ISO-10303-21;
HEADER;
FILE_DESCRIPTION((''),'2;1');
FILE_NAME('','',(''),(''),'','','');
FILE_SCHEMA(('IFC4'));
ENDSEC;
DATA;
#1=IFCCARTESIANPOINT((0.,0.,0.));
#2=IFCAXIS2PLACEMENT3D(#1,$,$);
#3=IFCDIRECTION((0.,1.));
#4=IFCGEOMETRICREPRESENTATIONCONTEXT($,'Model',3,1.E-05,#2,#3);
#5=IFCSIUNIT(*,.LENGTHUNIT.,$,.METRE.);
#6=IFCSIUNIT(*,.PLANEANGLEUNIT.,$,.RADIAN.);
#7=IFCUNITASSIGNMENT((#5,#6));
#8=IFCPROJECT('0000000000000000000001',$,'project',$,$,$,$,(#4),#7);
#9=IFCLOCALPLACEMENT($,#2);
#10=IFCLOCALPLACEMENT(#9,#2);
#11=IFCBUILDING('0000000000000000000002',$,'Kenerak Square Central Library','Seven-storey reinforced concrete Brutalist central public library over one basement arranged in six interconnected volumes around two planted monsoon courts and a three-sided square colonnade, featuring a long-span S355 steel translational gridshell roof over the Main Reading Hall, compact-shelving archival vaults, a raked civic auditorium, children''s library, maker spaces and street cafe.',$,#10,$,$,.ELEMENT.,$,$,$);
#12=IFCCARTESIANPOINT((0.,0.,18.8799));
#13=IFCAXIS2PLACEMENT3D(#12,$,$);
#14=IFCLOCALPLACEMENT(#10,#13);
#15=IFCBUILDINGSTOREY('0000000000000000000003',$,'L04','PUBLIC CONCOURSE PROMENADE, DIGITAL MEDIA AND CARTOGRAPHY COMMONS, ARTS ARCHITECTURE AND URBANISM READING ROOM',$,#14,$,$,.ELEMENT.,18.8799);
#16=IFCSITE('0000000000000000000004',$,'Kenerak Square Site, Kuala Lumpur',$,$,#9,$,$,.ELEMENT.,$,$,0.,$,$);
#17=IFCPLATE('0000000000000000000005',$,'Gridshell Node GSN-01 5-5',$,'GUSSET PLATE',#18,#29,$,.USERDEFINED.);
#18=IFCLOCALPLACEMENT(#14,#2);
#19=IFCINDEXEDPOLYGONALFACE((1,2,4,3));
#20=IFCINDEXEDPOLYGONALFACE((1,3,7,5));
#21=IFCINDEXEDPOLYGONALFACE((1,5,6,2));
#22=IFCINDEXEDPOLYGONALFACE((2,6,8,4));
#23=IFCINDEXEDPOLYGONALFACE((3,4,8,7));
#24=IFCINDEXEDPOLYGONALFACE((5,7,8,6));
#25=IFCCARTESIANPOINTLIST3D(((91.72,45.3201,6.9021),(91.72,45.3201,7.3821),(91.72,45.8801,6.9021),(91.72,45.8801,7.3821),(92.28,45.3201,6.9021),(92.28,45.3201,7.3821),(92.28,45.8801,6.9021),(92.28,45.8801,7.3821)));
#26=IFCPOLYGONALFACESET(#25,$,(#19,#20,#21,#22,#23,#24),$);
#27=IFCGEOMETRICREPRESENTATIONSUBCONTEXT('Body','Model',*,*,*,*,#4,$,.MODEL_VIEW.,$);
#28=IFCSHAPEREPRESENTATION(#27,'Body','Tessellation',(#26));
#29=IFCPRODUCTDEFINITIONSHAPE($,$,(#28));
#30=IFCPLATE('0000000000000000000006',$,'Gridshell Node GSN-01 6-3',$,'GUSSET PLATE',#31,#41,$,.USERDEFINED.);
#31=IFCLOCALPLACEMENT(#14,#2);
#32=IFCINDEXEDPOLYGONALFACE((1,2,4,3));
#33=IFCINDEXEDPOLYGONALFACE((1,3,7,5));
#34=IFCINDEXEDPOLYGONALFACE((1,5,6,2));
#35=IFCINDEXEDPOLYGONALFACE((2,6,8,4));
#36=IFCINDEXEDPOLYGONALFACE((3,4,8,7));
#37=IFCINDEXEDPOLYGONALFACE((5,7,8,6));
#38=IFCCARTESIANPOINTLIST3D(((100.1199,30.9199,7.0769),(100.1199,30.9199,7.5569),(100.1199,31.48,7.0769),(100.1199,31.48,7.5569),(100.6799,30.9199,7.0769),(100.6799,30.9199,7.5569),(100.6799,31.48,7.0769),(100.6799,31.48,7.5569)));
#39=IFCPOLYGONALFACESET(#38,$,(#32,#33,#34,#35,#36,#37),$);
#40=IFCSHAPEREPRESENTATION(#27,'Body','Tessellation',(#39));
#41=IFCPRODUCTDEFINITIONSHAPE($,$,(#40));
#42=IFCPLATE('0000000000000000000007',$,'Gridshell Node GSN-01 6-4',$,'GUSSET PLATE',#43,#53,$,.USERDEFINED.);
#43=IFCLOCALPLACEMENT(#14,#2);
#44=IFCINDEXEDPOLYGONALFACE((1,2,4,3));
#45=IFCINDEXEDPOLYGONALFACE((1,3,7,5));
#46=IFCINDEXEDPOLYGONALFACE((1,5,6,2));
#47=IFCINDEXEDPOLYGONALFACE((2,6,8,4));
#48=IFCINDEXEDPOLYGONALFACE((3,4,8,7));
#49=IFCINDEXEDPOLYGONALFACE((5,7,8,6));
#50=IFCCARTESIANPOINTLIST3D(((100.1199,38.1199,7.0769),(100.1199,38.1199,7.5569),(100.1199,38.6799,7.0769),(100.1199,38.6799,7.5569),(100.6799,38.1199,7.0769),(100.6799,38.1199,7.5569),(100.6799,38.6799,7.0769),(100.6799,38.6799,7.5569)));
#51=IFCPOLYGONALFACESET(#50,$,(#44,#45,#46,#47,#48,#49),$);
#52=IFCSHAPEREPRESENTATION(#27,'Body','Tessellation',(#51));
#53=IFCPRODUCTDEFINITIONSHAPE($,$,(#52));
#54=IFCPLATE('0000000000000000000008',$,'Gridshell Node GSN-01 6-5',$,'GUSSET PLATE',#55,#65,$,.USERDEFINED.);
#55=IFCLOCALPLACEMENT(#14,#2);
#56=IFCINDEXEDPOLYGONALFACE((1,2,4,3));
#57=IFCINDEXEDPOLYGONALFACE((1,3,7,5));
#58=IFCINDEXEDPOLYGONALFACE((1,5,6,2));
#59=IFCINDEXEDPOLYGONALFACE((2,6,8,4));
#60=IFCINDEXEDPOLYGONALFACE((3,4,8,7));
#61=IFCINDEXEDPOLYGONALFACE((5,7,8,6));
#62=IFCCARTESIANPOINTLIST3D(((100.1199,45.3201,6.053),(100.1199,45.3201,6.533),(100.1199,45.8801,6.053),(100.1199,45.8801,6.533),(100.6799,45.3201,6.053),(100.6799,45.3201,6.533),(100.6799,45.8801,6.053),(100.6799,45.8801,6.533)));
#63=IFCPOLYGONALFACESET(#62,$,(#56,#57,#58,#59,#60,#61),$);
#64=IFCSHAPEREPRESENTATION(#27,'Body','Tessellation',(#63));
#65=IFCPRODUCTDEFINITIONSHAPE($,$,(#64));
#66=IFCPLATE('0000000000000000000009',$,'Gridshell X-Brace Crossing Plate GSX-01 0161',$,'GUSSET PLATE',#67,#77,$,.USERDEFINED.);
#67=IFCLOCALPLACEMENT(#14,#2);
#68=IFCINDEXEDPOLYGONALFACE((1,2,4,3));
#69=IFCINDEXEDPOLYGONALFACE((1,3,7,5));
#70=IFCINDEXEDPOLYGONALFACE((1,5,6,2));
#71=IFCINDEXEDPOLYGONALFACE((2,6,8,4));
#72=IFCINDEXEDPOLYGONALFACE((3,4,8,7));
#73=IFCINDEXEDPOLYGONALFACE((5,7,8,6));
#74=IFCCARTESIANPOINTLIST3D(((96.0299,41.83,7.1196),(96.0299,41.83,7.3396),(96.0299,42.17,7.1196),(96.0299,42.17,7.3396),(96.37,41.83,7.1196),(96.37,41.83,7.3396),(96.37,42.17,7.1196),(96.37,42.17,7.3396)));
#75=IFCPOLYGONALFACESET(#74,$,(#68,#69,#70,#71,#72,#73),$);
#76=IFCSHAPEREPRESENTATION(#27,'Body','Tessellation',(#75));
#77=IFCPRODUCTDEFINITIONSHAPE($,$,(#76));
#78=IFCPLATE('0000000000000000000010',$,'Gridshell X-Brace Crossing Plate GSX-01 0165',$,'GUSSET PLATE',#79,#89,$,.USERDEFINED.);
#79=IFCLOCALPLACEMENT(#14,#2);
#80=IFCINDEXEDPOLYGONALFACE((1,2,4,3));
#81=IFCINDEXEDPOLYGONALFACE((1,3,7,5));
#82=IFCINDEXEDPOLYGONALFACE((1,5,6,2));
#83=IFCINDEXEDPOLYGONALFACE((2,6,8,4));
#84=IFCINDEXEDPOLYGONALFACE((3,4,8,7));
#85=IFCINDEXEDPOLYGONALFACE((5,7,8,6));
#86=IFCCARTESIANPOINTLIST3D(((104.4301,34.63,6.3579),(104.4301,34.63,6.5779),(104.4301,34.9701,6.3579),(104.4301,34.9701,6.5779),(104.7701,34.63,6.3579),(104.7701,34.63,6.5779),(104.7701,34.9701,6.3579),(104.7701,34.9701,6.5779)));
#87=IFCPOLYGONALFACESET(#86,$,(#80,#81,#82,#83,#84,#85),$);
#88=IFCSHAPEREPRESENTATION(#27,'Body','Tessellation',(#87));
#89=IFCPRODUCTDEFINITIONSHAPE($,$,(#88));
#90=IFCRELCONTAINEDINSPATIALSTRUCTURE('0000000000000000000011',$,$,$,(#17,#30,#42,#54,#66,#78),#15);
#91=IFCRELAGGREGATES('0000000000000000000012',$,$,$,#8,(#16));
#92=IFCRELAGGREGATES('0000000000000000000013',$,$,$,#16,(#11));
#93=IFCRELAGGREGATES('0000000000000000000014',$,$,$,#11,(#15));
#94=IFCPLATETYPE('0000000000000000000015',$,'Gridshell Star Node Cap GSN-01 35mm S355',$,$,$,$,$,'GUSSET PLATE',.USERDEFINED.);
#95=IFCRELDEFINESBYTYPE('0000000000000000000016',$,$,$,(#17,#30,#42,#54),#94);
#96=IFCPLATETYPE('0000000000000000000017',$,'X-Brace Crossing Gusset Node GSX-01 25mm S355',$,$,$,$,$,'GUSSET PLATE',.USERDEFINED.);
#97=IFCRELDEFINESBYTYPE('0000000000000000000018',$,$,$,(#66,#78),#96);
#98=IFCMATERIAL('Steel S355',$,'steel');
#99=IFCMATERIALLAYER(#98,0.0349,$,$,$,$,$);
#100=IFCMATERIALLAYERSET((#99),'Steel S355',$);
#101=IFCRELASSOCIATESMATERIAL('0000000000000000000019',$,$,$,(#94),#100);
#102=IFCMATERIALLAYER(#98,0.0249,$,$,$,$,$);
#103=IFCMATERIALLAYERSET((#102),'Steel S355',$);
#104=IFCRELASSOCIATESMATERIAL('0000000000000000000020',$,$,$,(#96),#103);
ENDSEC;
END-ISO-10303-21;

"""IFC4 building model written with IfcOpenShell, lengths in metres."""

from ifc_helpers import new_model, si_unit, direction, frame, origin, origin_2d, place, context, subcontext, project, spatial, rectangle, extrude, material, layer, layer_set, type_object, element, save


model = new_model("IFC4")

# Units and contexts
model_context = context("Model", 3, precision=1e-05, world=origin(), true_north=direction((0.0, 1.0)))
body_context = subcontext(model_context, "Body", "Model", "MODEL_VIEW")
ifc_project = project(units=[si_unit("LENGTHUNIT", "METRE"), si_unit("PLANEANGLEUNIT", "RADIAN")], contexts=[model_context])

# Site, building, storey
site_placement = place(None, origin())
site = spatial("IfcSite", under=ifc_project, at=site_placement, Name="Kenerak Square Site, Kuala Lumpur", CompositionType="ELEMENT", RefElevation=0.0)
building_placement = place(site_placement, origin())
building = spatial("IfcBuilding", under=site, at=building_placement, Name="Kenerak Square Central Library", Description="Seven-storey reinforced concrete Brutalist central public library over one basement arranged in six interconnected volumes around two planted monsoon courts and a three-sided square colonnade, featuring a long-span S355 steel translational gridshell roof over the Main Reading Hall, compact-shelving archival vaults, a raked civic auditorium, children's library, maker spaces and street cafe.", CompositionType="ELEMENT")
storey_placement = place(building_placement, frame((0.0, 0.0, 18.8799)))
storey = spatial("IfcBuildingStorey", under=building, at=storey_placement, Name="L04", Description="PUBLIC CONCOURSE PROMENADE, DIGITAL MEDIA AND CARTOGRAPHY COMMONS, ARTS ARCHITECTURE AND URBANISM READING ROOM", CompositionType="ELEMENT", Elevation=18.8799)

# Shared definitions
ifc_material = material(Name="Steel S355", Category="steel")

# Plates
ifc_layer_1 = layer(ifc_material, 0.0349)
ifc_layer_set_1 = layer_set([ifc_layer_1], Name="Steel S355")
plate_type_1 = type_object("IfcPlateType", Name="Gridshell Star Node Cap GSN-01 35mm S355", ElementType="GUSSET PLATE", PredefinedType="USERDEFINED", material=ifc_layer_set_1)
for number, where, z_axis, x_axis, name in (
    (1, (92.0, 45.6001, 6.9021), (0.0, 0.0, 1.0), (1.0, 0.0, 0.0), "Gridshell Node GSN-01 5-5"),
    (2, (100.3999, 31.2, 7.0769), (0.0, 0.0, 1.0), (1.0, 0.0, 0.0), "Gridshell Node GSN-01 6-3"),
    (3, (100.3999, 38.3999, 7.0769), (0.0, 0.0, 1.0), (1.0, 0.0, 0.0), "Gridshell Node GSN-01 6-4"),
    (4, (100.3999, 45.6001, 6.053), (0.0, 0.0, 1.0), (1.0, 0.0, 0.0), "Gridshell Node GSN-01 6-5"),
):
    element("IfcPlate", number, at=place(storey_placement, frame(where, z_axis=z_axis, x_axis=x_axis)), inside=storey, type_object=plate_type_1, Name=name, ObjectType="GUSSET PLATE", PredefinedType="USERDEFINED", context=body_context, shape_type="SweptSolid", body=[
        extrude(rectangle(XDim=0.5601, YDim=0.5601, at=origin_2d()), origin(), (0.0, 0.0, 1.0), 0.48),
    ])
ifc_layer_2 = layer(ifc_material, 0.0249)
ifc_layer_set_2 = layer_set([ifc_layer_2], Name="Steel S355")
plate_type_2 = type_object("IfcPlateType", Name="X-Brace Crossing Gusset Node GSX-01 25mm S355", ElementType="GUSSET PLATE", PredefinedType="USERDEFINED", material=ifc_layer_set_2)
for number, where, z_axis, x_axis, name in (
    (5, (96.2, 42.0, 7.1196), (0.0, 0.0, 1.0), (1.0, 0.0, 0.0), "Gridshell X-Brace Crossing Plate GSX-01 0161"),
    (6, (104.6001, 34.8, 6.3579), (0.0, 0.0, 1.0), (1.0, 0.0, 0.0), "Gridshell X-Brace Crossing Plate GSX-01 0165"),
):
    element("IfcPlate", number, at=place(storey_placement, frame(where, z_axis=z_axis, x_axis=x_axis)), inside=storey, type_object=plate_type_2, Name=name, ObjectType="GUSSET PLATE", PredefinedType="USERDEFINED", context=body_context, shape_type="SweptSolid", body=[
        extrude(rectangle(XDim=0.3401, YDim=0.3401, at=origin_2d()), origin(), (0.0, 0.0, 1.0), 0.22),
    ])

save(model, "model.ifc")
